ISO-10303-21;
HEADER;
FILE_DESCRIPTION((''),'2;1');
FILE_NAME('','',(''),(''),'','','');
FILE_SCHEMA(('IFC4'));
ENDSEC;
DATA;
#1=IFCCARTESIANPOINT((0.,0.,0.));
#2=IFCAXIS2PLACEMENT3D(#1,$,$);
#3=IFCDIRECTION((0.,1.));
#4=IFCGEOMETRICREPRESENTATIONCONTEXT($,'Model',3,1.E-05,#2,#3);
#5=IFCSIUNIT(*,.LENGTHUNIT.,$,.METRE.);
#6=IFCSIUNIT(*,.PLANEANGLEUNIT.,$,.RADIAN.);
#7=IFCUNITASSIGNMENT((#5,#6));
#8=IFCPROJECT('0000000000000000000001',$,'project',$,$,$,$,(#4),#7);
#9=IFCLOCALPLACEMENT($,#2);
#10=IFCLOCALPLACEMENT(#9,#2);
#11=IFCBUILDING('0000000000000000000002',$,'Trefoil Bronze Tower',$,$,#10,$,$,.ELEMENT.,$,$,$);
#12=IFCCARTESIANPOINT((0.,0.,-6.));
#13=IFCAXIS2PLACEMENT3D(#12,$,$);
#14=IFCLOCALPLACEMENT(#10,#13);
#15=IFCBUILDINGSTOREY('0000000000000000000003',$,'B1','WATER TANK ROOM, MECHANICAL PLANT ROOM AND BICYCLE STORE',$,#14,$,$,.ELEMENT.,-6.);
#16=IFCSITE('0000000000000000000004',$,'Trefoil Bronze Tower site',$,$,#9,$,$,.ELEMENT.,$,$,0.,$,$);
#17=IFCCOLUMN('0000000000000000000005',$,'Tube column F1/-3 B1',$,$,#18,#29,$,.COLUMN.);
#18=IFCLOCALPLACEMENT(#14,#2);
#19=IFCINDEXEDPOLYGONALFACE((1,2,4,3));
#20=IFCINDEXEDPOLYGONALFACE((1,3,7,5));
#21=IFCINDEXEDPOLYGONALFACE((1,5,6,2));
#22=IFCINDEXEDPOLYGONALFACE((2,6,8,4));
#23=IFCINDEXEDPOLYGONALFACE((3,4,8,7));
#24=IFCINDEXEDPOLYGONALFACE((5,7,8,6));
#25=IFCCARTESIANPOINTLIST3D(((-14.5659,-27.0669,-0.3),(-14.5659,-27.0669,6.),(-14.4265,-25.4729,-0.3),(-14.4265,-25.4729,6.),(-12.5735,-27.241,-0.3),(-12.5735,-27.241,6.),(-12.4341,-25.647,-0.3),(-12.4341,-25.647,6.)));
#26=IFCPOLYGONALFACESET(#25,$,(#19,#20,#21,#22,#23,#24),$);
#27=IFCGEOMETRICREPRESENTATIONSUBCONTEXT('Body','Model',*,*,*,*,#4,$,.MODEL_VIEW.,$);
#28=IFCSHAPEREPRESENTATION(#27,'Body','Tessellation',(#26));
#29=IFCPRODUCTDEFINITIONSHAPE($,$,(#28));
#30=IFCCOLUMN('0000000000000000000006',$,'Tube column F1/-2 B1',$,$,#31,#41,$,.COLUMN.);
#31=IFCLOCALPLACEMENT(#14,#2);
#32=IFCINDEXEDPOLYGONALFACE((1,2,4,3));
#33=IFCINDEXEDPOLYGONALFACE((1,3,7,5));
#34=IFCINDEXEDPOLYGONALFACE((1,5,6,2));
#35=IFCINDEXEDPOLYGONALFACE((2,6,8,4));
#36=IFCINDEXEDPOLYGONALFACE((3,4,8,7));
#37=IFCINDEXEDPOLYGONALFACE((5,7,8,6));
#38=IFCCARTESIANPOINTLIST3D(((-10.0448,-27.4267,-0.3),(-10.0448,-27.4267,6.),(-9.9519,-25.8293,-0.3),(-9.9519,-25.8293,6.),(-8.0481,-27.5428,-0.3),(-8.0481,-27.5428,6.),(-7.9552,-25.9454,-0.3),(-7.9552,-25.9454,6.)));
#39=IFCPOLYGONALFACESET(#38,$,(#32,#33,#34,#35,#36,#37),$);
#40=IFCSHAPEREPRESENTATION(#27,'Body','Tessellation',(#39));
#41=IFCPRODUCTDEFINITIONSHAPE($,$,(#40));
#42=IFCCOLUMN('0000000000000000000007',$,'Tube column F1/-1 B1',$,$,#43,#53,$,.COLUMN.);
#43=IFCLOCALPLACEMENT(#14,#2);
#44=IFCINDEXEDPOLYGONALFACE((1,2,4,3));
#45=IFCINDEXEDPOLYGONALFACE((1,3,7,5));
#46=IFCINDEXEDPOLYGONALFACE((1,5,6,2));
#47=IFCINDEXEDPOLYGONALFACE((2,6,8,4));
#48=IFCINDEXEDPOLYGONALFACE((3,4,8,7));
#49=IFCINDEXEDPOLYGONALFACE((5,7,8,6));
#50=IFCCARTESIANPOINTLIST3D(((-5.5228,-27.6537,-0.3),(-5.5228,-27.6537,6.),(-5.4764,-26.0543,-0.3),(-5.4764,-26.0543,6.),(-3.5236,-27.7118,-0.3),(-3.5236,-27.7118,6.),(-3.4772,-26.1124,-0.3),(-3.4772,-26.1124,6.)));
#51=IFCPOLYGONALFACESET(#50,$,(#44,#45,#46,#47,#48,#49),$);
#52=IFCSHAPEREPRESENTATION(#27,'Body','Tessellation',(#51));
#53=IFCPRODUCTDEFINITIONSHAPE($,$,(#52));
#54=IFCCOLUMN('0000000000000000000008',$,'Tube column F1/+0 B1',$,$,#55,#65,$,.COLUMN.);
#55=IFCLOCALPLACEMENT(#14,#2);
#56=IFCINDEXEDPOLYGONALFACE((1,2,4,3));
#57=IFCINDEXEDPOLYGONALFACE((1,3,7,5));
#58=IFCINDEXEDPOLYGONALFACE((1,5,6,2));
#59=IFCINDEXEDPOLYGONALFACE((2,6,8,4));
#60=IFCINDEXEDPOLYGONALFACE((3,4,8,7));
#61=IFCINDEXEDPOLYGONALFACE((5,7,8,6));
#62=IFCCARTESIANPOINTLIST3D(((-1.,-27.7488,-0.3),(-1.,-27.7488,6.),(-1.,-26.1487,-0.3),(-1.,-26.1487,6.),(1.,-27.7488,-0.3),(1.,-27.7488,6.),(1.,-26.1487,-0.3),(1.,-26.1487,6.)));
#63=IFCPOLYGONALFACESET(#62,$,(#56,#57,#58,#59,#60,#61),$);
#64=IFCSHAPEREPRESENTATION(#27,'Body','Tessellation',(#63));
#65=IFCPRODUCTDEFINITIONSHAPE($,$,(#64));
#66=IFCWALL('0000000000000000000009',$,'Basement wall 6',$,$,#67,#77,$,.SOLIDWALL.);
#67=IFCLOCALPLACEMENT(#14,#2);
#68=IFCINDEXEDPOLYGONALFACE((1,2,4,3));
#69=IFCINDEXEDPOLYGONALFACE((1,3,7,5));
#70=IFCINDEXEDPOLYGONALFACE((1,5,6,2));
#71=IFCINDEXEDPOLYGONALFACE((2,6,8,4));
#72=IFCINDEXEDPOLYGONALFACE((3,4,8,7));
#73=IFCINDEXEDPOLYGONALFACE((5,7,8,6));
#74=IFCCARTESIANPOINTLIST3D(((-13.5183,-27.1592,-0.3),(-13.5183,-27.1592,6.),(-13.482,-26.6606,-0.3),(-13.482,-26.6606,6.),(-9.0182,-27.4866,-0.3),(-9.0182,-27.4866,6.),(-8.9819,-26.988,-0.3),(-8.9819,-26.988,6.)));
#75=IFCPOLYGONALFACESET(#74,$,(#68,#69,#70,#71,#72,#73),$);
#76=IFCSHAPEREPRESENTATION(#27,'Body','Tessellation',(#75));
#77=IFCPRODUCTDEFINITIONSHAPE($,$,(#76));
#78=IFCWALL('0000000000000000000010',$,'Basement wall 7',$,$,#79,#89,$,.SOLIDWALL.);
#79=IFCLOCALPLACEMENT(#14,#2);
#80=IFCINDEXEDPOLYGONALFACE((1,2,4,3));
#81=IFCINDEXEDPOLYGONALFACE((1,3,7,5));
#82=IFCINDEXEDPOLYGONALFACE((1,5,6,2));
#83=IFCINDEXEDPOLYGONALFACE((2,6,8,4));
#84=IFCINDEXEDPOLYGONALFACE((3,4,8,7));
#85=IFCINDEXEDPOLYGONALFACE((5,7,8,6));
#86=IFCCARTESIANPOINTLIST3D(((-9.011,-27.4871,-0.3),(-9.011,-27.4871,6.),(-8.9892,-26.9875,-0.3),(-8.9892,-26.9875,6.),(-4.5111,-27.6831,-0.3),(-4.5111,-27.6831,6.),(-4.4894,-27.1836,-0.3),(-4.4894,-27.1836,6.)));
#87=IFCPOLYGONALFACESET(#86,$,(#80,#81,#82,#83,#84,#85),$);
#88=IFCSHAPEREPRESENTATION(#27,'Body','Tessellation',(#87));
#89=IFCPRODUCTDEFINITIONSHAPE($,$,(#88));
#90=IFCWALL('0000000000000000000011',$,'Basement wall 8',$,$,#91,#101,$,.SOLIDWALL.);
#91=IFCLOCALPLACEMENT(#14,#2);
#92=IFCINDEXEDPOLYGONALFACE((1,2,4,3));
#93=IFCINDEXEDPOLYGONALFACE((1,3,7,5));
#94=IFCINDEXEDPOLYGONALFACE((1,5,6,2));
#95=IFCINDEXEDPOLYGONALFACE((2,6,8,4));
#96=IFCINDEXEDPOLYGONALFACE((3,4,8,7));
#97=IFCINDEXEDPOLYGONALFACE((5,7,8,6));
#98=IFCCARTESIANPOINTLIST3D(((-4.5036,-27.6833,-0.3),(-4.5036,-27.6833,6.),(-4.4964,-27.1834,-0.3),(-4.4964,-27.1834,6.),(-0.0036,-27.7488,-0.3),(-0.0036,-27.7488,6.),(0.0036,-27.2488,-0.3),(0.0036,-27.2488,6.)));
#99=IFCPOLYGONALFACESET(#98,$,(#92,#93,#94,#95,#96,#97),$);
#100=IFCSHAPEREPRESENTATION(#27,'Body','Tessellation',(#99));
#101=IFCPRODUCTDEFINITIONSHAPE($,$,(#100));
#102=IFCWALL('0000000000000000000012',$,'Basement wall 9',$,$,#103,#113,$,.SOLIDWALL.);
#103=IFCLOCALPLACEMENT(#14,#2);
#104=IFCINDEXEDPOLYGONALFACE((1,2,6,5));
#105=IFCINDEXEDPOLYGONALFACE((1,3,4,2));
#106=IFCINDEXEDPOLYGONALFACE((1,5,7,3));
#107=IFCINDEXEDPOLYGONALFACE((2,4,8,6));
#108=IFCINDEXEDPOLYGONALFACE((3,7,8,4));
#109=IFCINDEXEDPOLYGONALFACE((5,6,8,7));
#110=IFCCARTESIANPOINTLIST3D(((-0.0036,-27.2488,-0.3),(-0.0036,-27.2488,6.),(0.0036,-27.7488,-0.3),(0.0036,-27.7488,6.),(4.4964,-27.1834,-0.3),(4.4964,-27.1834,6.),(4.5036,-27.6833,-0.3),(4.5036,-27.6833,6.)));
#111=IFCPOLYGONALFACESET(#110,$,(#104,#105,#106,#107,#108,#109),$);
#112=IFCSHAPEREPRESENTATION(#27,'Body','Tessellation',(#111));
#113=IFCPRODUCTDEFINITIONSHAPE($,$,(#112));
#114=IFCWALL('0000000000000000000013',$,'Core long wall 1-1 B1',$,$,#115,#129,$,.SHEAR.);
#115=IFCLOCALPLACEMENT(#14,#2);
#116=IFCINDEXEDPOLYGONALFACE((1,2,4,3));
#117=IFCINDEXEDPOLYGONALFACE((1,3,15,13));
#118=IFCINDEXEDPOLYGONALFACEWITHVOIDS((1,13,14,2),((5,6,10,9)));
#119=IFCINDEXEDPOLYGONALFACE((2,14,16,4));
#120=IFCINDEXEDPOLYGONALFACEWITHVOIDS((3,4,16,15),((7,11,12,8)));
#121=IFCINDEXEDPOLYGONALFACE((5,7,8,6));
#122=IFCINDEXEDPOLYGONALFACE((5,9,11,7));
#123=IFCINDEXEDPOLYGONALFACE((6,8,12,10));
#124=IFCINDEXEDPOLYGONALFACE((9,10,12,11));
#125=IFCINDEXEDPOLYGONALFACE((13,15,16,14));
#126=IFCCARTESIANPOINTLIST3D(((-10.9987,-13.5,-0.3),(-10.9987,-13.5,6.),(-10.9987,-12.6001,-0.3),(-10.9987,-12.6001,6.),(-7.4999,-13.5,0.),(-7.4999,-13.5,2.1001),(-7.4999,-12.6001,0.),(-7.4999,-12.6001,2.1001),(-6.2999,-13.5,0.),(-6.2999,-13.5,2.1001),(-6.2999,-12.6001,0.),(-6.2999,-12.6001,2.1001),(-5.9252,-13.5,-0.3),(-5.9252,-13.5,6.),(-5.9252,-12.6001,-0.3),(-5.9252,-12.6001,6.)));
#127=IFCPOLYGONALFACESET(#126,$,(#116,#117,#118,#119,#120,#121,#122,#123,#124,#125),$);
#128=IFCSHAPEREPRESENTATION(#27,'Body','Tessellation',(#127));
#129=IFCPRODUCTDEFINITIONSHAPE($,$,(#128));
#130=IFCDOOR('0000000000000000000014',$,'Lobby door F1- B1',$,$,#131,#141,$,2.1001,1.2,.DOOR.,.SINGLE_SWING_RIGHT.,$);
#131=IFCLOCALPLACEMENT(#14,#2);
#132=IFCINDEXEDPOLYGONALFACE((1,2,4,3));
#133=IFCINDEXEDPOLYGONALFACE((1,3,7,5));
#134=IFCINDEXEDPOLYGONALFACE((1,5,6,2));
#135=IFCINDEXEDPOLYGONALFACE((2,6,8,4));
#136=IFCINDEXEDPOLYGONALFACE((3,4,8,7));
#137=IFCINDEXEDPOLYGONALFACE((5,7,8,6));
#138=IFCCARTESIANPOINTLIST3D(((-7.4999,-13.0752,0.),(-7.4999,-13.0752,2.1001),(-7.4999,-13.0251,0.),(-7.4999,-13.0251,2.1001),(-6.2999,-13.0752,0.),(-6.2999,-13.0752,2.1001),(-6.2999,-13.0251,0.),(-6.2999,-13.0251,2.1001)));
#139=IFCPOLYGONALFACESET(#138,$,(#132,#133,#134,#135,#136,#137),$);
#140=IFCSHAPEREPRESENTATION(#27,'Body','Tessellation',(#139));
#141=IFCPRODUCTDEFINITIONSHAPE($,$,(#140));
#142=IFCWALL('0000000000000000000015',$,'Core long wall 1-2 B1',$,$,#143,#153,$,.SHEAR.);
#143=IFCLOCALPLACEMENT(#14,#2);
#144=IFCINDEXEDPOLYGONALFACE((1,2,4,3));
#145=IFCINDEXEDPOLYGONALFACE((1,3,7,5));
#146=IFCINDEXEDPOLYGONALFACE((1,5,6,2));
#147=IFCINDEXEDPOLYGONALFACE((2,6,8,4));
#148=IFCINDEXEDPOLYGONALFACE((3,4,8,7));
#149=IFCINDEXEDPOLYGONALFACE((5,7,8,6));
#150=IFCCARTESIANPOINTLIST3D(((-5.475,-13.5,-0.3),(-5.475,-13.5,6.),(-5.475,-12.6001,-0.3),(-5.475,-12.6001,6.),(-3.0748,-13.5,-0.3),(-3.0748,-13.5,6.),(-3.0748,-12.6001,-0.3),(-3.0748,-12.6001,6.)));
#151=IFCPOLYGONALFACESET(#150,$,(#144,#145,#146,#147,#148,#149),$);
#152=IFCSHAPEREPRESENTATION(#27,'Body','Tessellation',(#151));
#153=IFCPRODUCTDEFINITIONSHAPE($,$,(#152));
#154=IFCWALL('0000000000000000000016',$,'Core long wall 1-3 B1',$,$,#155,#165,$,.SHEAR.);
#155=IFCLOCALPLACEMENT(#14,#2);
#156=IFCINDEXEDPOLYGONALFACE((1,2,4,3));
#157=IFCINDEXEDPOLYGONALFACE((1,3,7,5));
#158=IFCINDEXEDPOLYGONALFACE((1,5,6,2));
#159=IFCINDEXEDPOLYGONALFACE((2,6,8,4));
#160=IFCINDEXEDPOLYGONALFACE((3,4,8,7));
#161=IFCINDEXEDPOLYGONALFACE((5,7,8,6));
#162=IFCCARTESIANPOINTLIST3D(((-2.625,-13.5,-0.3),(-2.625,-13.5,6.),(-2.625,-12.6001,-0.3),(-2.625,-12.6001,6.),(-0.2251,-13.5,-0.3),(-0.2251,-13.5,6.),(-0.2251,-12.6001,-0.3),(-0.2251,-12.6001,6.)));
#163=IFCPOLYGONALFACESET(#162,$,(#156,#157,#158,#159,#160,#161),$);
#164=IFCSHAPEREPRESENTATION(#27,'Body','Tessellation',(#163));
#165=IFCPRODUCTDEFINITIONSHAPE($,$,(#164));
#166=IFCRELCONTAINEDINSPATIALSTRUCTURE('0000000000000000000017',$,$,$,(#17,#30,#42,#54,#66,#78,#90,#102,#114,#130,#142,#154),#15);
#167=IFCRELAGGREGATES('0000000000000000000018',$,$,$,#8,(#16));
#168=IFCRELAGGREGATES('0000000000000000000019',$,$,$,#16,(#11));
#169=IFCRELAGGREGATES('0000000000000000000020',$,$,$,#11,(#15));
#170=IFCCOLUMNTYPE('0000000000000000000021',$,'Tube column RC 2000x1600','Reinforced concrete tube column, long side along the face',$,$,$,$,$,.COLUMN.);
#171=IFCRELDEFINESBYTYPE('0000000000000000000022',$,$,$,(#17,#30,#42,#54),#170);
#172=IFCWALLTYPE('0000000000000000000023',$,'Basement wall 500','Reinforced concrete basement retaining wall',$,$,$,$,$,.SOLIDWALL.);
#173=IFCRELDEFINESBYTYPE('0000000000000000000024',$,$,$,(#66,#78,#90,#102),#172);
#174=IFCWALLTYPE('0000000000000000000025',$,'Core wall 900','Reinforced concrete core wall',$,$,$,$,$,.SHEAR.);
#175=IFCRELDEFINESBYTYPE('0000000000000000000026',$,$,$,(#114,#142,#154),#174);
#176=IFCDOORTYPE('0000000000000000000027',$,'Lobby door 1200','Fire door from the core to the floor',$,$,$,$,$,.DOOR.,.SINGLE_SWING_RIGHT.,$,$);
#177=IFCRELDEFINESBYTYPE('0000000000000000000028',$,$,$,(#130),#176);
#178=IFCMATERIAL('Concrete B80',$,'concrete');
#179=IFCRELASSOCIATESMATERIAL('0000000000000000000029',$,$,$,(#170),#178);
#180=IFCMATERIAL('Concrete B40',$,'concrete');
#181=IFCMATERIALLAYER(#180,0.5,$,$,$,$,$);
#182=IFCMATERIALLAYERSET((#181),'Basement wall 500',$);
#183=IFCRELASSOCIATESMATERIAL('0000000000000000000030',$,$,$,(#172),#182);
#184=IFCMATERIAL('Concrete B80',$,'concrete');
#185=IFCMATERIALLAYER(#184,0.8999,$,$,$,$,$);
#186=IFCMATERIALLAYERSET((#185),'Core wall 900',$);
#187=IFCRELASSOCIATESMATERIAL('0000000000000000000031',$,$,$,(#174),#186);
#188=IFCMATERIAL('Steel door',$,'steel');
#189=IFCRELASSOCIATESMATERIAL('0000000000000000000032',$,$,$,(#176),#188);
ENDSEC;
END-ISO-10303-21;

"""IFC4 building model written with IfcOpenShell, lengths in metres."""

from ifc_helpers import new_model, si_unit, direction, frame, frame_2d, origin, origin_2d, place, context, subcontext, project, spatial, rectangle, extrude, material, layer, layer_set, material_profile, profile_set, type_object, element, fill, save


model = new_model("IFC4")

# Units and contexts
model_context = context("Model", 3, precision=1e-05, world=origin(), true_north=direction((0.0, 1.0)))
body_context = subcontext(model_context, "Body", "Model", "MODEL_VIEW")
ifc_project = project(units=[si_unit("LENGTHUNIT", "METRE"), si_unit("PLANEANGLEUNIT", "RADIAN")], contexts=[model_context])

# Site, building, storey
site_placement = place(None, origin())
site = spatial("IfcSite", under=ifc_project, at=site_placement, Name="Trefoil Bronze Tower site", CompositionType="ELEMENT", RefElevation=0.0)
building_placement = place(site_placement, origin())
building = spatial("IfcBuilding", under=site, at=building_placement, Name="Trefoil Bronze Tower", CompositionType="ELEMENT")
storey_placement = place(building_placement, frame((0.0, 0.0, -6.0)))
storey = spatial("IfcBuildingStorey", under=building, at=storey_placement, Name="B1", Description="WATER TANK ROOM, MECHANICAL PLANT ROOM AND BICYCLE STORE", CompositionType="ELEMENT", Elevation=-6.0)

# Columns
ifc_material_1 = material(Name="Concrete B80", Category="concrete")
ifc_material_profile = material_profile(ifc_material_1, rectangle(XDim=2.0, YDim=1.6001, at=origin_2d()), Name="RC 2000x1600")
ifc_profile_set = profile_set([ifc_material_profile], Name="Concrete B80")
column_type = type_object("IfcColumnType", Name="Tube column RC 2000x1600", Description="Reinforced concrete tube column, long side along the face", PredefinedType="COLUMN", material=ifc_profile_set)
for number, where, z_axis, x_axis, name in (
    (1, (-13.5, -26.3569, -0.3), (0.0, 0.0, 1.0), (0.996203, -0.087065, 0.0), "Tube column F1/-3 B1"),
    (2, (-9.0, -26.686, -0.3), (0.0, 0.0, 1.0), (0.998314, -0.058043, 0.0), "Tube column F1/-2 B1"),
    (3, (-4.5, -26.8831, -0.3), (0.0, 0.0, 1.0), (0.999579, -0.029022, 0.0), "Tube column F1/-1 B1"),
    (4, (0.0, -26.9487, -0.3), (0.0, 0.0, 1.0), (1.0, 0.0, 0.0), "Tube column F1/+0 B1"),
):
    element("IfcColumn", number, at=place(storey_placement, frame(where, z_axis=z_axis, x_axis=x_axis)), inside=storey, type_object=column_type, Name=name, PredefinedType="COLUMN", context=body_context, shape_type="SweptSolid", body=[
        extrude(rectangle(XDim=2.0, YDim=1.6001, at=origin_2d()), origin(), (0.0, 0.0, 1.0), 6.3),
    ])

# Walls
ifc_material_2 = material(Name="Concrete B40", Category="concrete")
ifc_layer_1 = layer(ifc_material_2, 0.5)
ifc_layer_set_1 = layer_set([ifc_layer_1], Name="Basement wall 500")
wall_type_1 = type_object("IfcWallType", Name="Basement wall 500", Description="Reinforced concrete basement retaining wall", PredefinedType="SOLIDWALL", material=ifc_layer_set_1)
wall_1_placement = place(storey_placement, frame((-13.5, -26.9099, -0.3), z_axis=(0.0, 0.0, 1.0), x_axis=(0.997364, -0.072562, 0.0)))
element("IfcWall", 5, at=wall_1_placement, inside=storey, type_object=wall_type_1, Name="Basement wall 6", PredefinedType="SOLIDWALL", context=body_context, shape_type="SweptSolid", body=[
    extrude(rectangle(XDim=4.512, YDim=0.5, at=frame_2d((2.2559, 0.0))), origin(), (0.0, 0.0, 1.0), 6.3),
])
wall_2_placement = place(storey_placement, frame((-9.0, -27.2373, -0.3), z_axis=(0.0, 0.0, 1.0), x_axis=(0.999052, -0.043524, 0.0)))
element("IfcWall", 6, at=wall_2_placement, inside=storey, type_object=wall_type_1, Name="Basement wall 7", PredefinedType="SOLIDWALL", context=body_context, shape_type="SweptSolid", body=[
    extrude(rectangle(XDim=4.5042, YDim=0.5, at=frame_2d((2.252, 0.0))), origin(), (0.0, 0.0, 1.0), 6.3),
])
for number, where, z_axis, x_axis, name in (
    (7, (-4.5, -27.4333, -0.3), (0.0, 0.0, 1.0), (0.999894, -0.014538, 0.0), "Basement wall 8"),
    (8, (0.0, -27.4988, -0.3), (0.0, 0.0, 1.0), (0.999894, 0.014538, 0.0), "Basement wall 9"),
):
    element("IfcWall", number, at=place(storey_placement, frame(where, z_axis=z_axis, x_axis=x_axis)), inside=storey, type_object=wall_type_1, Name=name, PredefinedType="SOLIDWALL", context=body_context, shape_type="SweptSolid", body=[
        extrude(rectangle(XDim=4.5005, YDim=0.5, at=frame_2d((2.2502, 0.0))), origin(), (0.0, 0.0, 1.0), 6.3),
    ])

# Wall, opening, door
ifc_material_3 = material(Name="Concrete B80", Category="concrete")
ifc_layer_2 = layer(ifc_material_3, 0.8999)
ifc_layer_set_2 = layer_set([ifc_layer_2], Name="Core wall 900")
wall_type_2 = type_object("IfcWallType", Name="Core wall 900", Description="Reinforced concrete core wall", PredefinedType="SHEAR", material=ifc_layer_set_2)
wall_3_placement = place(storey_placement, frame((-10.9985, -13.05, -0.3), z_axis=(0.0, 0.0, 1.0), x_axis=(1.0, 0.0, 0.0)))
wall_3 = element("IfcWall", 9, at=wall_3_placement, inside=storey, type_object=wall_type_2, Name="Core long wall 1-1 B1", PredefinedType="SHEAR", context=body_context, shape_type="SweptSolid", body=[
    extrude(rectangle(XDim=5.0735, YDim=0.8999, at=frame_2d((2.5366, 0.0))), origin(), (0.0, 0.0, 1.0), 6.3),
])
opening_placement = place(wall_3_placement, frame((3.4985, 0.0, 0.3)))
opening = element("IfcOpeningElement", 10, at=opening_placement, cuts=wall_3, PredefinedType="OPENING", context=body_context, shape_type="SweptSolid", body=[
    extrude(rectangle(XDim=1.2, YDim=2.1001, at=frame_2d((0.6001, 1.05))), frame((0.0, 0.46, 0.0), z_axis=(0.0, -1.0, 0.0), x_axis=(1.0, 0.0, 0.0)), (0.0, 0.0, 1.0), 0.9199),
])
ifc_material_4 = material(Name="Steel door", Category="steel")
door_type = type_object("IfcDoorType", Name="Lobby door 1200", Description="Fire door from the core to the floor", OperationType="SINGLE_SWING_RIGHT", PredefinedType="DOOR", material=ifc_material_4)
door_placement = place(opening_placement, origin())
door = element("IfcDoor", 11, at=door_placement, inside=storey, type_object=door_type, Name="Lobby door F1- B1", OperationType="SINGLE_SWING_RIGHT", OverallHeight=2.1001, OverallWidth=1.2, PredefinedType="DOOR", context=body_context, shape_type="SweptSolid", body=[
    extrude(rectangle(XDim=1.2, YDim=2.1001, at=frame_2d((0.6001, 1.05))), frame((0.0, 0.0249, 0.0), z_axis=(0.0, -1.0, 0.0), x_axis=(1.0, 0.0, 0.0)), (0.0, 0.0, 1.0), 0.05),
])
fill(opening, door)

# Walls
wall_4_placement = place(storey_placement, frame((-5.4751, -13.05, -0.3), z_axis=(0.0, 0.0, 1.0), x_axis=(1.0, 0.0, 0.0)))
element("IfcWall", 12, at=wall_4_placement, inside=storey, type_object=wall_type_2, Name="Core long wall 1-2 B1", PredefinedType="SHEAR", context=body_context, shape_type="SweptSolid", body=[
    extrude(rectangle(XDim=2.4001, YDim=0.8999, at=frame_2d((1.2002, 0.0))), origin(), (0.0, 0.0, 1.0), 6.3),
])
wall_5_placement = place(storey_placement, frame((-2.625, -13.05, -0.3), z_axis=(0.0, 0.0, 1.0), x_axis=(1.0, 0.0, 0.0)))
element("IfcWall", 13, at=wall_5_placement, inside=storey, type_object=wall_type_2, Name="Core long wall 1-3 B1", PredefinedType="SHEAR", context=body_context, shape_type="SweptSolid", body=[
    extrude(rectangle(XDim=2.3999, YDim=0.8999, at=frame_2d((1.2, 0.0))), origin(), (0.0, 0.0, 1.0), 6.3),
])

save(model, "model.ifc")
